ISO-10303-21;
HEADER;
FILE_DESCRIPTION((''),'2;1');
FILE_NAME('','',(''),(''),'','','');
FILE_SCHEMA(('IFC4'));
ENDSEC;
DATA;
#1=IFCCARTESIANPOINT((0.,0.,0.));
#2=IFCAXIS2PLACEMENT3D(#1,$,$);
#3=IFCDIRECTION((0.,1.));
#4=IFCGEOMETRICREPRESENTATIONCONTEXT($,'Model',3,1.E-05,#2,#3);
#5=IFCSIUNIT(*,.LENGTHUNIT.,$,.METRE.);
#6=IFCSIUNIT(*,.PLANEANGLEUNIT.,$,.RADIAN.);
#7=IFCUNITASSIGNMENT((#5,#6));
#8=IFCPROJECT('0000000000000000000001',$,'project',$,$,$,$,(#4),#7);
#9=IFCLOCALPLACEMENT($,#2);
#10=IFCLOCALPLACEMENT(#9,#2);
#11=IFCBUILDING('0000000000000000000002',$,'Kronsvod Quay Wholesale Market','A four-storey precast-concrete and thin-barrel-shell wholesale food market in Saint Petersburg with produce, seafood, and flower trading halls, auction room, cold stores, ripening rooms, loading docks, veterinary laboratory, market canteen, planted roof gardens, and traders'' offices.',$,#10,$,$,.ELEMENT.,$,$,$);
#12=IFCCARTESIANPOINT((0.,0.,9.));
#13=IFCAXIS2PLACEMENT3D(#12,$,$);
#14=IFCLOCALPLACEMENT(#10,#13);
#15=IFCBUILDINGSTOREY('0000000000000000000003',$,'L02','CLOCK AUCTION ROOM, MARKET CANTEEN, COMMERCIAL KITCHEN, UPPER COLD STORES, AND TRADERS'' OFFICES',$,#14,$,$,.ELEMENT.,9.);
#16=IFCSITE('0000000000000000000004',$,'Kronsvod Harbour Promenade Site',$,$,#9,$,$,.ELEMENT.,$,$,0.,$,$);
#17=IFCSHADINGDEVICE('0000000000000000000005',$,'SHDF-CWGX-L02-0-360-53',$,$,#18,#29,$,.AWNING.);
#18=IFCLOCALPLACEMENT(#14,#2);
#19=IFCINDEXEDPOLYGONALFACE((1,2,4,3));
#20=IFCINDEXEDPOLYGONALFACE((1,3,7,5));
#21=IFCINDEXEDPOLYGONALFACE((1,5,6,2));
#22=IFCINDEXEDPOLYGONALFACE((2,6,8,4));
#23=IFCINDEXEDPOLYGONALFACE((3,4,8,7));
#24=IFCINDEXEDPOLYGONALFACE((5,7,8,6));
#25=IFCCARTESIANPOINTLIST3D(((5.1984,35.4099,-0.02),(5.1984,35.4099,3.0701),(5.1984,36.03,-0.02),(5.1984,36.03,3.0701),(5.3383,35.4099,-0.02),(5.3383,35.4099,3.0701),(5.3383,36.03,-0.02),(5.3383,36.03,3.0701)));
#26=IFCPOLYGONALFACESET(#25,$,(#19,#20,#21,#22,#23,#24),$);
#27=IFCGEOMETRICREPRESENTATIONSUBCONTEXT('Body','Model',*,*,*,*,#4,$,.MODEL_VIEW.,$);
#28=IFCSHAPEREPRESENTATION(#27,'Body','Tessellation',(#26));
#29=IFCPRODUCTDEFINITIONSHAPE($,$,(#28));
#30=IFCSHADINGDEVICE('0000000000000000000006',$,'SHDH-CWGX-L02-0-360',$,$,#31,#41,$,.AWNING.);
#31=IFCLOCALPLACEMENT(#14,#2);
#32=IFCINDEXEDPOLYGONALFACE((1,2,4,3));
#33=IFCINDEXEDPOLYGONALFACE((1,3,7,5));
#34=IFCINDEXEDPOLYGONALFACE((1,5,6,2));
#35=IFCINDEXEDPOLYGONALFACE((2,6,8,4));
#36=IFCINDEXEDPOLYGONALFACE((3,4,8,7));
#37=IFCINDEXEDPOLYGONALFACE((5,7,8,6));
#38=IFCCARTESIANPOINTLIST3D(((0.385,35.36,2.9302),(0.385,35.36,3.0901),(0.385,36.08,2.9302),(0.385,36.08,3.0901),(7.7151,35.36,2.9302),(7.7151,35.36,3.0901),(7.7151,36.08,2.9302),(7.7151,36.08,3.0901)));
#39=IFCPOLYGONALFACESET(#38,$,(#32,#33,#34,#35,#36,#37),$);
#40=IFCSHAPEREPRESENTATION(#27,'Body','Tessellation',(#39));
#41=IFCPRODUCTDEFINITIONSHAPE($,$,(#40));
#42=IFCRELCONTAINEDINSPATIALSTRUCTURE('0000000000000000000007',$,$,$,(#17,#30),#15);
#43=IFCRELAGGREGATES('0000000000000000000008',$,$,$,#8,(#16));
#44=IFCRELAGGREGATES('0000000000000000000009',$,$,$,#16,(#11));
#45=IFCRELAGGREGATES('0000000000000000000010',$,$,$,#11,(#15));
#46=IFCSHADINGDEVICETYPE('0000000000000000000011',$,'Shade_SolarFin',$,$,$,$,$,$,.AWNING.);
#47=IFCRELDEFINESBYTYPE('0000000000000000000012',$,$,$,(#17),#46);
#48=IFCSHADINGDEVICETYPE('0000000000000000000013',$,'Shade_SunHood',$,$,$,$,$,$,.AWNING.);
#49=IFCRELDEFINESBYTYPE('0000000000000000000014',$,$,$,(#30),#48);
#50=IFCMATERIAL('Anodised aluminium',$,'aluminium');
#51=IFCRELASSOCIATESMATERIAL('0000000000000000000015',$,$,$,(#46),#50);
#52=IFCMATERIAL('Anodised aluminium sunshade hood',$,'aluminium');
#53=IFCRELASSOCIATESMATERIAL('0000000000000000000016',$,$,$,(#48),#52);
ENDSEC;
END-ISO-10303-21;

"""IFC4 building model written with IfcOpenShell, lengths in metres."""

from ifc_helpers import new_model, si_unit, direction, frame, origin, origin_2d, place, context, subcontext, project, spatial, rectangle, extrude, material, type_object, element, save


model = new_model("IFC4")

# Units and contexts
model_context = context("Model", 3, precision=1e-05, world=origin(), true_north=direction((0.0, 1.0)))
body_context = subcontext(model_context, "Body", "Model", "MODEL_VIEW")
ifc_project = project(units=[si_unit("LENGTHUNIT", "METRE"), si_unit("PLANEANGLEUNIT", "RADIAN")], contexts=[model_context])

# Site, building, storey
site_placement = place(None, origin())
site = spatial("IfcSite", under=ifc_project, at=site_placement, Name="Kronsvod Harbour Promenade Site", CompositionType="ELEMENT", RefElevation=0.0)
building_placement = place(site_placement, origin())
building = spatial("IfcBuilding", under=site, at=building_placement, Name="Kronsvod Quay Wholesale Market", Description="A four-storey precast-concrete and thin-barrel-shell wholesale food market in Saint Petersburg with produce, seafood, and flower trading halls, auction room, cold stores, ripening rooms, loading docks, veterinary laboratory, market canteen, planted roof gardens, and traders' offices.", CompositionType="ELEMENT")
storey_placement = place(building_placement, frame((0.0, 0.0, 9.0)))
storey = spatial("IfcBuildingStorey", under=building, at=storey_placement, Name="L02", Description="CLOCK AUCTION ROOM, MARKET CANTEEN, COMMERCIAL KITCHEN, UPPER COLD STORES, AND TRADERS' OFFICES", CompositionType="ELEMENT", Elevation=9.0)

# Shading devices
ifc_material_1 = material(Name="Anodised aluminium", Category="aluminium")
shading_device_type_1 = type_object("IfcShadingDeviceType", Name="Shade_SolarFin", PredefinedType="AWNING", material=ifc_material_1)
for number, where, z_axis, x_axis, name in (
    (1, (5.2683, 35.72, -0.02), (0.0, 0.0, 1.0), (1.0, 0.0, 0.0), "SHDF-CWGX-L02-0-360-53"),
):
    element("IfcShadingDevice", number, at=place(storey_placement, frame(where, z_axis=z_axis, x_axis=x_axis)), inside=storey, type_object=shading_device_type_1, Name=name, PredefinedType="AWNING", context=body_context, shape_type="SweptSolid", body=[
        extrude(rectangle(XDim=0.1399, YDim=0.6201, at=origin_2d()), origin(), (0.0, 0.0, 1.0), 3.0901),
    ])
ifc_material_2 = material(Name="Anodised aluminium sunshade hood", Category="aluminium")
shading_device_type_2 = type_object("IfcShadingDeviceType", Name="Shade_SunHood", PredefinedType="AWNING", material=ifc_material_2)
shading_device_placement = place(storey_placement, frame((4.05, 35.72, 2.9302), z_axis=(0.0, 0.0, 1.0), x_axis=(1.0, 0.0, 0.0)))
element("IfcShadingDevice", 2, at=shading_device_placement, inside=storey, type_object=shading_device_type_2, Name="SHDH-CWGX-L02-0-360", PredefinedType="AWNING", context=body_context, shape_type="SweptSolid", body=[
    extrude(rectangle(XDim=7.3301, YDim=0.72, at=origin_2d()), origin(), (0.0, 0.0, 1.0), 0.1599),
])

save(model, "model.ifc")
